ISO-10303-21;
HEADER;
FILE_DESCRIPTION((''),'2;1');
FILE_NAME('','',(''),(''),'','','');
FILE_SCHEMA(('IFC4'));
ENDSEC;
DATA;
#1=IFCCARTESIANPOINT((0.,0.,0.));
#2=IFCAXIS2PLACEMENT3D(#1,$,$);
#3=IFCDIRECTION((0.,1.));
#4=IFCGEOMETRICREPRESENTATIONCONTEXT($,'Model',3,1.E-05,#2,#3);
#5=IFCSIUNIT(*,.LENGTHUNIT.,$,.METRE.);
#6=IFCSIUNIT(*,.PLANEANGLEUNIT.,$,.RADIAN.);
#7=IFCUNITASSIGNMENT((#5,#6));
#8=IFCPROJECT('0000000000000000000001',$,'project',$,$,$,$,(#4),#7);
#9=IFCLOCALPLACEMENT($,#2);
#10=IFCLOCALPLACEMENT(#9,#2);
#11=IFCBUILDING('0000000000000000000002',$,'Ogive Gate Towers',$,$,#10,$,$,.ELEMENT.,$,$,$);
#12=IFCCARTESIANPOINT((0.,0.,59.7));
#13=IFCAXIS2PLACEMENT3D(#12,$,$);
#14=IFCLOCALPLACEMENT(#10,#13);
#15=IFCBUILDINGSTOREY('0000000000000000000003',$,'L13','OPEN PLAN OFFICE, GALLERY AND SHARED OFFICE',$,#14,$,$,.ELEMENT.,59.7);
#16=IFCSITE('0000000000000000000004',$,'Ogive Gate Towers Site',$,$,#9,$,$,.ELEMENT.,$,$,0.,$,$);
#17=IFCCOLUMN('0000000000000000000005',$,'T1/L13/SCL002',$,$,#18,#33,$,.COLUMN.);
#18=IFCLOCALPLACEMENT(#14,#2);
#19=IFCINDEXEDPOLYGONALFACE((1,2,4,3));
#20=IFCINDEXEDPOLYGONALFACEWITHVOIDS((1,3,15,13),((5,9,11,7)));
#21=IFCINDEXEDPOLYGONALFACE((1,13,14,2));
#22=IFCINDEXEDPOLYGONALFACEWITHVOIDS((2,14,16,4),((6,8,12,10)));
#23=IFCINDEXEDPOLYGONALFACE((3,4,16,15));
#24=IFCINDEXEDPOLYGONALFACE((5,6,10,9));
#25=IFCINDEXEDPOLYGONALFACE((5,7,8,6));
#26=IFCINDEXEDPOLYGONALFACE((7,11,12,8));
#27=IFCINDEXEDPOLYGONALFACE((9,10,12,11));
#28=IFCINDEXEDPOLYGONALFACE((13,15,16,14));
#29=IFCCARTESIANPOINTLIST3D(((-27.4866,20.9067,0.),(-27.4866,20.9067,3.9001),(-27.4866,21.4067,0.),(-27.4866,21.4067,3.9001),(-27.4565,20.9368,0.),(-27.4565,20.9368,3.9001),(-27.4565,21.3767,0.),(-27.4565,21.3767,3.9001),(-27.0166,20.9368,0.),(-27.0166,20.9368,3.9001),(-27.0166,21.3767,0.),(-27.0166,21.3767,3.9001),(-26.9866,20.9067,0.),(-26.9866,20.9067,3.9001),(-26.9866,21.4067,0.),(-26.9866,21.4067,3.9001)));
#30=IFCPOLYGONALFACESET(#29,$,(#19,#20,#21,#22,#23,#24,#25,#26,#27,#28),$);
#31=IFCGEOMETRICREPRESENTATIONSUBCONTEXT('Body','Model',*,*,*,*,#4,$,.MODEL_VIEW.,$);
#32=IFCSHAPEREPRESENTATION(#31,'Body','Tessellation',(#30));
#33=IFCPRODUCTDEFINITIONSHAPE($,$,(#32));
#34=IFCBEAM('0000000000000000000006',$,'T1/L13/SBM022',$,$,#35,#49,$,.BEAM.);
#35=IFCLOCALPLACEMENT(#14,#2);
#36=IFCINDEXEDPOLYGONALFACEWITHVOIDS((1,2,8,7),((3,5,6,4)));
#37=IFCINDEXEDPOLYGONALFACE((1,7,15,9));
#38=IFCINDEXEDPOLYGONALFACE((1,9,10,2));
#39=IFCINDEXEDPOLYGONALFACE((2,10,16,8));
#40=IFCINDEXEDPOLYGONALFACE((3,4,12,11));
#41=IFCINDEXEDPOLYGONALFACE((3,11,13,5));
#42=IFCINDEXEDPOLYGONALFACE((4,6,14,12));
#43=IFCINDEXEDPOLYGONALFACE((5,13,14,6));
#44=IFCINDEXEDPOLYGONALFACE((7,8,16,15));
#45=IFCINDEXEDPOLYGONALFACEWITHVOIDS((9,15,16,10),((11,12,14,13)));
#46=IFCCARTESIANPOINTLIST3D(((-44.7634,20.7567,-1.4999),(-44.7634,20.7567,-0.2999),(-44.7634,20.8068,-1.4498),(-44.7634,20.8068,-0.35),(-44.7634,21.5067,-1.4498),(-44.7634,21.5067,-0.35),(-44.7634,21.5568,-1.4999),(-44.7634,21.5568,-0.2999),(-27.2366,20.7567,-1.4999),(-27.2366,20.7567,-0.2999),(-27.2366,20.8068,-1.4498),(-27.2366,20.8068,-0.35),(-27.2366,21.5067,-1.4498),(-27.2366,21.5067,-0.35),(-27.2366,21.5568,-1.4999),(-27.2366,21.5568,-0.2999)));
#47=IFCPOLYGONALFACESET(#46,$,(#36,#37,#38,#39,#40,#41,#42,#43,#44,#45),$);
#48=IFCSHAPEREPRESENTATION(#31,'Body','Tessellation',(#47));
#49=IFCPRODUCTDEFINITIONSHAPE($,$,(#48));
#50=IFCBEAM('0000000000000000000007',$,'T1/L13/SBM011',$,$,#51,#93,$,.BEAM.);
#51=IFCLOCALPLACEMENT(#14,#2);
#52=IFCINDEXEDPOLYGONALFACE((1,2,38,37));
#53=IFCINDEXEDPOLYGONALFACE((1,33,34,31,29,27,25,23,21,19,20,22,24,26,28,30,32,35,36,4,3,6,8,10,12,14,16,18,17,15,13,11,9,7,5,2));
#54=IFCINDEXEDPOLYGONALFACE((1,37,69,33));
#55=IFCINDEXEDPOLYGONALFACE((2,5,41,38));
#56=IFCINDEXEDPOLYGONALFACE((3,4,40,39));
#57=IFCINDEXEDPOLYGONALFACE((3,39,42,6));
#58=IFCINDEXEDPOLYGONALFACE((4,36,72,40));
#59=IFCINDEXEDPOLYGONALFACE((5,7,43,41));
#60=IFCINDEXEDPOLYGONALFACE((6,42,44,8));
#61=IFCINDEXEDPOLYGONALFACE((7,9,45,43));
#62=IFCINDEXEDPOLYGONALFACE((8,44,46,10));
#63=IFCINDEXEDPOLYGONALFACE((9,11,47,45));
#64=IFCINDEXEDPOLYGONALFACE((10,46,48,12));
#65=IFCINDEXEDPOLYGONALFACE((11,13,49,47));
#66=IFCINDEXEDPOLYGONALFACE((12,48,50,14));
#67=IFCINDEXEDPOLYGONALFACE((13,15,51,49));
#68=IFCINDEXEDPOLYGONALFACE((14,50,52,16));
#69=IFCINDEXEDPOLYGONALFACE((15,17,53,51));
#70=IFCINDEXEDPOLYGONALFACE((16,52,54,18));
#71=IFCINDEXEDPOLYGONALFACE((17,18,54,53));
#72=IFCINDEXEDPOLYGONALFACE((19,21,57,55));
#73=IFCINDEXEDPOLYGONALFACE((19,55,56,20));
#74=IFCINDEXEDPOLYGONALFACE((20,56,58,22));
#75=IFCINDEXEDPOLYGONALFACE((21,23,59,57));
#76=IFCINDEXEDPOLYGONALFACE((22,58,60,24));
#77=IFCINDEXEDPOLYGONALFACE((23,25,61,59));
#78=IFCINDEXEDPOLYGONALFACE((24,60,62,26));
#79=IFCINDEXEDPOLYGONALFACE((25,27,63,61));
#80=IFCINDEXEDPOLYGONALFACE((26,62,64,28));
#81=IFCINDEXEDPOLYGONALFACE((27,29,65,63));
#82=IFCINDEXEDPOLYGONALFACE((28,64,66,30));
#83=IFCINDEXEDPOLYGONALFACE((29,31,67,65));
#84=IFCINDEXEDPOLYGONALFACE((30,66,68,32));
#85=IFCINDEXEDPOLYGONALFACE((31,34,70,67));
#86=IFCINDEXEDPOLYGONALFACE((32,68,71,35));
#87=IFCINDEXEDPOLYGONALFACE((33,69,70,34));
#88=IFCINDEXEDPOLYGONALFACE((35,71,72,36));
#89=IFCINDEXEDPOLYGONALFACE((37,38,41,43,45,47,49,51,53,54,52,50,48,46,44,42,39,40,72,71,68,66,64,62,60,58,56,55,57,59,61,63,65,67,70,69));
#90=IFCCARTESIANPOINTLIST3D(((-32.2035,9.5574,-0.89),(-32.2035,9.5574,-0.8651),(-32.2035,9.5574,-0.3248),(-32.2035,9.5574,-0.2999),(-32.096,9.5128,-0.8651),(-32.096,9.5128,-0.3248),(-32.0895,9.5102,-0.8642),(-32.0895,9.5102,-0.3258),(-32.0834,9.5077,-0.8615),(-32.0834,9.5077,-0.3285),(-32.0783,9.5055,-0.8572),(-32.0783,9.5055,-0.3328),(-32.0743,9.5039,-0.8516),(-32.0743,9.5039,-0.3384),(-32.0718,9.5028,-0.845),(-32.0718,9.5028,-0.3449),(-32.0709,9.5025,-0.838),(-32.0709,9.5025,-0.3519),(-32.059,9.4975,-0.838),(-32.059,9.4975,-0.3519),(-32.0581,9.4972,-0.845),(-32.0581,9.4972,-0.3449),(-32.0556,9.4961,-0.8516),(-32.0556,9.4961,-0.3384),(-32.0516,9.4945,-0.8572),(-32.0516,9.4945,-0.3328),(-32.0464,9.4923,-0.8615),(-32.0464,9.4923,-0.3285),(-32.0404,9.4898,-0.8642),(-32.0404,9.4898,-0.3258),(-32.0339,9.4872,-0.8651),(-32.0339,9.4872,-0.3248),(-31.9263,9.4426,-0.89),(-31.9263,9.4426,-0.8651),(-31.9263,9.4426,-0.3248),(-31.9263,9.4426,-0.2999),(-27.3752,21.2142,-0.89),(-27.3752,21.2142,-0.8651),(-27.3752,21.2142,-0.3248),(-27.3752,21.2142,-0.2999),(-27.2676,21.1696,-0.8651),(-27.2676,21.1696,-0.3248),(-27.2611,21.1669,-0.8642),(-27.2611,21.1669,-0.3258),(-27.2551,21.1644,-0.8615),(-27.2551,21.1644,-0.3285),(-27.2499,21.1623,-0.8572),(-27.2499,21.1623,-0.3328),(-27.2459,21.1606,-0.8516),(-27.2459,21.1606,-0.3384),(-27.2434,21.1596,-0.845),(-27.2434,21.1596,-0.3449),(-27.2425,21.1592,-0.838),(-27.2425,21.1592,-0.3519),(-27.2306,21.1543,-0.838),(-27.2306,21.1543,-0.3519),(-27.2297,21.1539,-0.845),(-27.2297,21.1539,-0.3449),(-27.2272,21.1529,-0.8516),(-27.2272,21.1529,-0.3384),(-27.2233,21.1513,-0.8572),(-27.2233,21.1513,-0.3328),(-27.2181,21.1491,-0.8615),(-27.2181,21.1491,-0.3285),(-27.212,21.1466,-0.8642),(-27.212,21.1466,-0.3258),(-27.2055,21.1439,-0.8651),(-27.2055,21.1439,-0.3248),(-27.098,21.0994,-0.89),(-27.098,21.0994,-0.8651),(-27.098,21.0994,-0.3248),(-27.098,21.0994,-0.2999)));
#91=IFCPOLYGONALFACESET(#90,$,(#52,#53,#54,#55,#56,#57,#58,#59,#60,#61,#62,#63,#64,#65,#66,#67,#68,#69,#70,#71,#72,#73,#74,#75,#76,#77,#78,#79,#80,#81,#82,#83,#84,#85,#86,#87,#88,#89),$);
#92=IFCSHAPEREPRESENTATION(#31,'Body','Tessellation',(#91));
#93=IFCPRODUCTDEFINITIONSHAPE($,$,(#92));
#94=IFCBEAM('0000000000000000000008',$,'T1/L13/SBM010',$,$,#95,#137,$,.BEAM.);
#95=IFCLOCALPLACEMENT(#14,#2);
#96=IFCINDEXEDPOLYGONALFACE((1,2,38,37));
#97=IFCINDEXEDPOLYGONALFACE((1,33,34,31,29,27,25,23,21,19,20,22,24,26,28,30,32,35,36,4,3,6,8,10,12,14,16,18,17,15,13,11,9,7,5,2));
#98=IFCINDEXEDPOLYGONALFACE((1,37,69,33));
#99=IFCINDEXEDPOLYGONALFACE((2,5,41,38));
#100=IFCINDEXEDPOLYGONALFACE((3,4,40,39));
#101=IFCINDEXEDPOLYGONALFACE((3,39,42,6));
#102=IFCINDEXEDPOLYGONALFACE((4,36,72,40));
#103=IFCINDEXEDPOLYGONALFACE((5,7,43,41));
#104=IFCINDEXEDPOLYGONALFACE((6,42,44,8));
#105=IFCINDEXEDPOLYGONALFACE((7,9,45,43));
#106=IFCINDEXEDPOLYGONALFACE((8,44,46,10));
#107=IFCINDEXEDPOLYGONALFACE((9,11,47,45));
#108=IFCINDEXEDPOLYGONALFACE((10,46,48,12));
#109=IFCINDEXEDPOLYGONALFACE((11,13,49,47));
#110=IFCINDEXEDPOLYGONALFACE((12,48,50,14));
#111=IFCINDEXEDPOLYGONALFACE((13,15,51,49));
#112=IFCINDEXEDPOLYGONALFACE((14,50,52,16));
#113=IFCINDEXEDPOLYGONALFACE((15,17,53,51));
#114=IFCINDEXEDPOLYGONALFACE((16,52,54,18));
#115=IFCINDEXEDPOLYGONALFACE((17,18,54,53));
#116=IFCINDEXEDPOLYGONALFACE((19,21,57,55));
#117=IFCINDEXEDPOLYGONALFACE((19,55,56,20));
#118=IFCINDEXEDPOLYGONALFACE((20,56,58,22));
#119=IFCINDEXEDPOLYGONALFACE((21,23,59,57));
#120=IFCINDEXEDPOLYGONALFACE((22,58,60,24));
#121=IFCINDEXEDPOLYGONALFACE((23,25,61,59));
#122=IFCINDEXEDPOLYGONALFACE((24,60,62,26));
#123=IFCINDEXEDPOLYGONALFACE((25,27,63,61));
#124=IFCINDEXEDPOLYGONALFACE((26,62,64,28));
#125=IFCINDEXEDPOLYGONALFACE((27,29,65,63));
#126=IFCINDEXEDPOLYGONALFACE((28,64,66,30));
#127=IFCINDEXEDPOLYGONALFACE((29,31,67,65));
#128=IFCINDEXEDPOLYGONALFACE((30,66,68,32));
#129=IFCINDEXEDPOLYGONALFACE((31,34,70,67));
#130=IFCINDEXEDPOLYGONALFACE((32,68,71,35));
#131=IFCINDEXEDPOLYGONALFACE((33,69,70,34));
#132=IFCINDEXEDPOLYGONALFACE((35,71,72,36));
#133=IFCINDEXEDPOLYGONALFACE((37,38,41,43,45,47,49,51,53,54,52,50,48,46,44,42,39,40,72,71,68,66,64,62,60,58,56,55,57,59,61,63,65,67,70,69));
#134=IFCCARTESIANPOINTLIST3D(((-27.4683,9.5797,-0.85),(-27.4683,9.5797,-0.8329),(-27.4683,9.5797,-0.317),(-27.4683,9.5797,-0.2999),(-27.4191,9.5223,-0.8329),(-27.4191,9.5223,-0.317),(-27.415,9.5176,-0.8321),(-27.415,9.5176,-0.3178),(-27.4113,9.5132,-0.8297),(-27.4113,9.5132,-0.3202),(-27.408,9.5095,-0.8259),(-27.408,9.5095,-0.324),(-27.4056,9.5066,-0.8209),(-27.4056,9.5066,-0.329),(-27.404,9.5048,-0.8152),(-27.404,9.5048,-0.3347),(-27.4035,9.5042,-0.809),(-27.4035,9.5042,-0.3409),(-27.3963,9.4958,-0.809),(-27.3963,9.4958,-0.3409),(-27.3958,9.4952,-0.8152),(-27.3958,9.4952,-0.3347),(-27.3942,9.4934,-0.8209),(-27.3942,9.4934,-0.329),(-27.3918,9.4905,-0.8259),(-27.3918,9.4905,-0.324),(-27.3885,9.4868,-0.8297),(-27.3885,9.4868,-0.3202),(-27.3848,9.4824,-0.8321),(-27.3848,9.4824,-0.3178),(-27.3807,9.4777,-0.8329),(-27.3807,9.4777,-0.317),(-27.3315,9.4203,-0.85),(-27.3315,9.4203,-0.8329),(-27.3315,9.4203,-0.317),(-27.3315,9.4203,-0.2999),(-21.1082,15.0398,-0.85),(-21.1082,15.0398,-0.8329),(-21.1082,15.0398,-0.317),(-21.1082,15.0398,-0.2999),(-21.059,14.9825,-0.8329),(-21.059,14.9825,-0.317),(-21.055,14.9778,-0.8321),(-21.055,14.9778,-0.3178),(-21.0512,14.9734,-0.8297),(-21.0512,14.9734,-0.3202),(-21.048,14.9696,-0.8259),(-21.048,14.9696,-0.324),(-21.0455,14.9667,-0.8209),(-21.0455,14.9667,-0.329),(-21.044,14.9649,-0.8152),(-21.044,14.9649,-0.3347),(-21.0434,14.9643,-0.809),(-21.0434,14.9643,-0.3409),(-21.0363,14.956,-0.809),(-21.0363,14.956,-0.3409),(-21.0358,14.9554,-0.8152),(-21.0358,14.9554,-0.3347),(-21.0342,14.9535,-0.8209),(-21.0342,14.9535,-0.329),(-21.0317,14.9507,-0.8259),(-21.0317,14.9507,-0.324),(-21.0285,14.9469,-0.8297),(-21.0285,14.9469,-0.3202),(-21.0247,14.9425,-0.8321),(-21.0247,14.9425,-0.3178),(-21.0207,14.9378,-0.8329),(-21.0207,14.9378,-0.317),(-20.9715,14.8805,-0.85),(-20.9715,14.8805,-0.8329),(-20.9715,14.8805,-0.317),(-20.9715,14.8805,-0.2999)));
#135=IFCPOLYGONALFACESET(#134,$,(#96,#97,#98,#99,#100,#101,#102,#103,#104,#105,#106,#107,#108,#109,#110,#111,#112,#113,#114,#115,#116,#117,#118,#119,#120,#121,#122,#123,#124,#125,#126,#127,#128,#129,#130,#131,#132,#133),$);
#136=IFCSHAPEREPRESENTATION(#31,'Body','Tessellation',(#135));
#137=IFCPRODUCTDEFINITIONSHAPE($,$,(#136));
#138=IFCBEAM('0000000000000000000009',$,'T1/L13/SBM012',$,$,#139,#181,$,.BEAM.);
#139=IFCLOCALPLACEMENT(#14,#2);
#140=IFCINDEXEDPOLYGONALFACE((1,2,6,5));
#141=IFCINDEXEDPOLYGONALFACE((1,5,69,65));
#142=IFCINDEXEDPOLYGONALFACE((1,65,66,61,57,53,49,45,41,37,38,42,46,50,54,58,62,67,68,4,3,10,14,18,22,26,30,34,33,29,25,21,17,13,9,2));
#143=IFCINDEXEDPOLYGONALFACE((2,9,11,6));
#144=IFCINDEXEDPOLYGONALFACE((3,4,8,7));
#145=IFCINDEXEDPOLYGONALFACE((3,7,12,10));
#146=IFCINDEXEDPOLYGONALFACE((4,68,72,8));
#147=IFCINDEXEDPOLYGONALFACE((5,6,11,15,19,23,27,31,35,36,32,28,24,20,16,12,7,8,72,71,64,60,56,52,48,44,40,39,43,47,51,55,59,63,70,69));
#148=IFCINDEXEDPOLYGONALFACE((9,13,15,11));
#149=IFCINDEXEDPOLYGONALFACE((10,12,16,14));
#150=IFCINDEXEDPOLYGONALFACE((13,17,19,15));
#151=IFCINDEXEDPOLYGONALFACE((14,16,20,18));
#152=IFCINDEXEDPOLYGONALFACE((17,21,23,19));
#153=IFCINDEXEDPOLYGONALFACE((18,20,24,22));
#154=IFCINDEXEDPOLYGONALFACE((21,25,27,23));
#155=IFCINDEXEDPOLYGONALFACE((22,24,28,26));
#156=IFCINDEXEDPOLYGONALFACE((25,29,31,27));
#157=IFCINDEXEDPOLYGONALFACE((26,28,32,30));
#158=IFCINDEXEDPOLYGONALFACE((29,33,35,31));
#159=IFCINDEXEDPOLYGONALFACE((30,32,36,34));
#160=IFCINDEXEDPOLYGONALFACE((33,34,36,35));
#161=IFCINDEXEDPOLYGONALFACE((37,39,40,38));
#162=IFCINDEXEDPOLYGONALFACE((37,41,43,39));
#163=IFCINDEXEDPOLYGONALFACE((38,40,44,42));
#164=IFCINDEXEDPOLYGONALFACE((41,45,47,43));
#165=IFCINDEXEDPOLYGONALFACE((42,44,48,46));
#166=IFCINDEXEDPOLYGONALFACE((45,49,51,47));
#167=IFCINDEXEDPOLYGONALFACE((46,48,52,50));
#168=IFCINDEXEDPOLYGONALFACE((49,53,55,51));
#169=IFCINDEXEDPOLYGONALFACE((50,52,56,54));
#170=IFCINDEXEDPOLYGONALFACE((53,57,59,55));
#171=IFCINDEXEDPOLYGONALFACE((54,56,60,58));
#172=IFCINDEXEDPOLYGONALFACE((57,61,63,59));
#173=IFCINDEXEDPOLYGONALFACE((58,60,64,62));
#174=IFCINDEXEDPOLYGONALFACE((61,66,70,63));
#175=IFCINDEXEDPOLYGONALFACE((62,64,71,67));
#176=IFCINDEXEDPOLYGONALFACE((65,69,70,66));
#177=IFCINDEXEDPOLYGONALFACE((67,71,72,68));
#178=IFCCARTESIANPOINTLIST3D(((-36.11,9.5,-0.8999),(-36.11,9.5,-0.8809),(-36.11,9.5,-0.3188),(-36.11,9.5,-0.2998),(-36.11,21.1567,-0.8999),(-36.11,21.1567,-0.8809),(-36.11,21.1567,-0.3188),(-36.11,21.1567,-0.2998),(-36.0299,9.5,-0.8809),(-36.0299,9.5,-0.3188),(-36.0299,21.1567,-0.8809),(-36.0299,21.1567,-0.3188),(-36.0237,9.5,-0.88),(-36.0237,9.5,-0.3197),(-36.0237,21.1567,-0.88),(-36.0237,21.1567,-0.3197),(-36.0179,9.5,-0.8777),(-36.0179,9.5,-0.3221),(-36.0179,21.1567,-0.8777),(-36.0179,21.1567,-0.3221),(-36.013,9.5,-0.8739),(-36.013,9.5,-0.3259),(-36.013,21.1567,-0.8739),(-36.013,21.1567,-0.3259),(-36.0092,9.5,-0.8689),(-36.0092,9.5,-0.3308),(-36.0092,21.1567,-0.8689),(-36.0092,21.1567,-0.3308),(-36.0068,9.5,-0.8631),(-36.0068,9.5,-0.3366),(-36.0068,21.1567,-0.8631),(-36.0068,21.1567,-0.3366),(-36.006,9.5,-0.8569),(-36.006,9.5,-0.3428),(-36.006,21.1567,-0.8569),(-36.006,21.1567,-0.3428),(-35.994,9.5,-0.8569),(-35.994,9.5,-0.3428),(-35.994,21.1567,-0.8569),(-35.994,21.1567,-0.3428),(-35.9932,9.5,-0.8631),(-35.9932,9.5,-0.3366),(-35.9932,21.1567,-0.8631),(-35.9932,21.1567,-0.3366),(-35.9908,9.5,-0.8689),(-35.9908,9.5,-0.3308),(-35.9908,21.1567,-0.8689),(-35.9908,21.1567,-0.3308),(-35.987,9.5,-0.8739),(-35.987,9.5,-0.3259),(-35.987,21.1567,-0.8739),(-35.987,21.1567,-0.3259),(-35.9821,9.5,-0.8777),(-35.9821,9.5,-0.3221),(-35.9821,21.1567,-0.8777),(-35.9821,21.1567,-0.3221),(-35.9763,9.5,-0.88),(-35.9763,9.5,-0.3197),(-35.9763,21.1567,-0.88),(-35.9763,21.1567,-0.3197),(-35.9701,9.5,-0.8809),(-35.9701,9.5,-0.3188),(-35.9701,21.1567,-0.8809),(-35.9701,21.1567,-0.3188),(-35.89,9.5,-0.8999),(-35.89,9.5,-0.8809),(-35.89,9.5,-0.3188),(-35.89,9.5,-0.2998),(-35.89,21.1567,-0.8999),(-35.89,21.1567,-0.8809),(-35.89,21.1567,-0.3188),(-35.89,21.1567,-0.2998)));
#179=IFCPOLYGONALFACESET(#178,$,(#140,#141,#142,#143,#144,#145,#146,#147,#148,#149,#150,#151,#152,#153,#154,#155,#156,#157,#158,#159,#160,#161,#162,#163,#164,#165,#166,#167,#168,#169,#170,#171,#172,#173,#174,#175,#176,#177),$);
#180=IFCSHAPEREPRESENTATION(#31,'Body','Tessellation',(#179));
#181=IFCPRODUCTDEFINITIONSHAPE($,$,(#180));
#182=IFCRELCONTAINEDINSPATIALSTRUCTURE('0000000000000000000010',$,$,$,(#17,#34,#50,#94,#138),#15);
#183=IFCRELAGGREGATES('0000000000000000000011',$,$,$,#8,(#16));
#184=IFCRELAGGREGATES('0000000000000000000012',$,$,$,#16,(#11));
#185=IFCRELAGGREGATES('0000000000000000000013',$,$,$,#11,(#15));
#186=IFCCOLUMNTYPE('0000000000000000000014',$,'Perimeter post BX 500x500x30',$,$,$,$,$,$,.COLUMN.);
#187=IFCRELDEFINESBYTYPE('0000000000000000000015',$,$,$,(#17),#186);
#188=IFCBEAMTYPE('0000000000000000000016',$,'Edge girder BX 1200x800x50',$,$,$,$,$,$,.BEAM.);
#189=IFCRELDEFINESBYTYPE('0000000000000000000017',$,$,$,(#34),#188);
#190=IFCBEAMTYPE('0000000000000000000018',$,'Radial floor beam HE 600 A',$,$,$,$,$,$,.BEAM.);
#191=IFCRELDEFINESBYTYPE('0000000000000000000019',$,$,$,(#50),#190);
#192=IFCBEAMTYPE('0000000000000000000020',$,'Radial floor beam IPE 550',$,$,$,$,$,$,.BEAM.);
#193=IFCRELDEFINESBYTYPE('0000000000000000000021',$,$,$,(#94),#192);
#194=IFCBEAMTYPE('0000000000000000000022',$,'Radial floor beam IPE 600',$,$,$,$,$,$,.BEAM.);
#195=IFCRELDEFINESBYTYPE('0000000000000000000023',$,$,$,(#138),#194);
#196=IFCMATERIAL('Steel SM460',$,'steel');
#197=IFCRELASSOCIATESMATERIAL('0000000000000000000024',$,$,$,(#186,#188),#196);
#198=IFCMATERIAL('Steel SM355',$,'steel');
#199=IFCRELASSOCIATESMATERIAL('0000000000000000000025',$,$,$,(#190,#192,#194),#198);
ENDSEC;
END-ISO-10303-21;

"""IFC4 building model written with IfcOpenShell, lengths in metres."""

from ifc_helpers import new_model, si_unit, direction, frame, origin, origin_2d, place, context, subcontext, project, spatial, hollow_rectangle, i_section, extrude, material, material_profile, profile_set, type_object, element, save


model = new_model("IFC4")

# Units and contexts
model_context = context("Model", 3, precision=1e-05, world=origin(), true_north=direction((0.0, 1.0)))
body_context = subcontext(model_context, "Body", "Model", "MODEL_VIEW")
ifc_project = project(units=[si_unit("LENGTHUNIT", "METRE"), si_unit("PLANEANGLEUNIT", "RADIAN")], contexts=[model_context])

# Site, building, storey
site_placement = place(None, origin())
site = spatial("IfcSite", under=ifc_project, at=site_placement, Name="Ogive Gate Towers Site", CompositionType="ELEMENT", RefElevation=0.0)
building_placement = place(site_placement, origin())
building = spatial("IfcBuilding", under=site, at=building_placement, Name="Ogive Gate Towers", CompositionType="ELEMENT")
storey_placement = place(building_placement, frame((0.0, 0.0, 59.7)))
storey = spatial("IfcBuildingStorey", under=building, at=storey_placement, Name="L13", Description="OPEN PLAN OFFICE, GALLERY AND SHARED OFFICE", CompositionType="ELEMENT", Elevation=59.7)

# Column
ifc_material_1 = material(Name="Steel SM460", Category="steel")
ifc_material_profile_1 = material_profile(ifc_material_1, hollow_rectangle(XDim=0.5, YDim=0.5, WallThickness=0.03, at=origin_2d()), Name="BX 500x500x30")
ifc_profile_set_1 = profile_set([ifc_material_profile_1], Name="Steel SM460")
column_type = type_object("IfcColumnType", Name="Perimeter post BX 500x500x30", PredefinedType="COLUMN", material=ifc_profile_set_1)
column_placement = place(storey_placement, frame((-27.2366, 21.1567, 0.0), z_axis=(0.0, 0.0, 1.0), x_axis=(1.0, 0.0, 0.0)))
element("IfcColumn", 1, at=column_placement, inside=storey, type_object=column_type, Name="T1/L13/SCL002", PredefinedType="COLUMN", context=body_context, shape_type="SweptSolid", body=[
    extrude(hollow_rectangle(XDim=0.5, YDim=0.5, WallThickness=0.03, at=origin_2d()), origin(), (0.0, 0.0, 1.0), 3.9001),
])

# Beams
ifc_material_profile_2 = material_profile(ifc_material_1, hollow_rectangle(XDim=0.8, YDim=1.2, WallThickness=0.05, at=origin_2d()), Name="BX 1200x800x50")
ifc_profile_set_2 = profile_set([ifc_material_profile_2], Name="Steel SM460")
beam_type_1 = type_object("IfcBeamType", Name="Edge girder BX 1200x800x50", PredefinedType="BEAM", material=ifc_profile_set_2)
beam_1_placement = place(storey_placement, frame((-27.2366, 21.1567, -0.8999), z_axis=(-1.0, 0.0, 0.0), x_axis=(0.0, -1.0, 0.0)))
element("IfcBeam", 2, at=beam_1_placement, inside=storey, type_object=beam_type_1, Name="T1/L13/SBM022", PredefinedType="BEAM", context=body_context, shape_type="SweptSolid", body=[
    extrude(hollow_rectangle(XDim=0.8, YDim=1.2, WallThickness=0.05, at=origin_2d()), origin(), (0.0, 0.0, 1.0), 17.5269),
])
ifc_material_2 = material(Name="Steel SM355", Category="steel")
ifc_material_profile_3 = material_profile(ifc_material_2, i_section(OverallWidth=0.3, OverallDepth=0.5901, WebThickness=0.0129, FlangeThickness=0.0249, FilletRadius=0.0271, at=origin_2d()), Name="HE 600 A")
ifc_profile_set_3 = profile_set([ifc_material_profile_3], Name="Steel SM355")
beam_type_2 = type_object("IfcBeamType", Name="Radial floor beam HE 600 A", PredefinedType="BEAM", material=ifc_profile_set_3)
beam_2_placement = place(storey_placement, frame((-32.0649, 9.5, -0.595), z_axis=(0.382683, 0.92388, 0.0), x_axis=(-0.92388, 0.382683, 0.0)))
element("IfcBeam", 3, at=beam_2_placement, inside=storey, type_object=beam_type_2, Name="T1/L13/SBM011", PredefinedType="BEAM", context=body_context, shape_type="SweptSolid", body=[
    extrude(i_section(OverallWidth=0.3, OverallDepth=0.5901, WebThickness=0.0129, FlangeThickness=0.0249, FilletRadius=0.0271, at=origin_2d()), origin(), (0.0, 0.0, 1.0), 12.6172),
])
ifc_material_profile_4 = material_profile(ifc_material_2, i_section(OverallWidth=0.21, OverallDepth=0.55, WebThickness=0.011, FlangeThickness=0.0171, FilletRadius=0.0239, at=origin_2d()), Name="IPE 550")
ifc_profile_set_4 = profile_set([ifc_material_profile_4], Name="Steel SM355")
beam_type_3 = type_object("IfcBeamType", Name="Radial floor beam IPE 550", PredefinedType="BEAM", material=ifc_profile_set_4)
beam_3_placement = place(storey_placement, frame((-27.3999, 9.5, -0.575), z_axis=(0.758744, 0.651388, 0.0), x_axis=(-0.651388, 0.758744, 0.0)))
element("IfcBeam", 4, at=beam_3_placement, inside=storey, type_object=beam_type_3, Name="T1/L13/SBM010", PredefinedType="BEAM", context=body_context, shape_type="SweptSolid", body=[
    extrude(i_section(OverallWidth=0.21, OverallDepth=0.55, WebThickness=0.011, FlangeThickness=0.0171, FilletRadius=0.0239, at=origin_2d()), origin(), (0.0, 0.0, 1.0), 8.3823),
])
ifc_material_profile_5 = material_profile(ifc_material_2, i_section(OverallWidth=0.22, OverallDepth=0.6001, WebThickness=0.012, FlangeThickness=0.019, FilletRadius=0.0239, at=origin_2d()), Name="IPE 600")
ifc_profile_set_5 = profile_set([ifc_material_profile_5], Name="Steel SM355")
beam_type_4 = type_object("IfcBeamType", Name="Radial floor beam IPE 600", PredefinedType="BEAM", material=ifc_profile_set_5)
beam_4_placement = place(storey_placement, frame((-36.0, 9.5, -0.5999), z_axis=(0.0, 1.0, 0.0), x_axis=(-1.0, 0.0, 0.0)))
element("IfcBeam", 5, at=beam_4_placement, inside=storey, type_object=beam_type_4, Name="T1/L13/SBM012", PredefinedType="BEAM", context=body_context, shape_type="SweptSolid", body=[
    extrude(i_section(OverallWidth=0.22, OverallDepth=0.6001, WebThickness=0.012, FlangeThickness=0.019, FilletRadius=0.0239, at=origin_2d()), origin(), (0.0, 0.0, 1.0), 11.6567),
])

save(model, "model.ifc")
